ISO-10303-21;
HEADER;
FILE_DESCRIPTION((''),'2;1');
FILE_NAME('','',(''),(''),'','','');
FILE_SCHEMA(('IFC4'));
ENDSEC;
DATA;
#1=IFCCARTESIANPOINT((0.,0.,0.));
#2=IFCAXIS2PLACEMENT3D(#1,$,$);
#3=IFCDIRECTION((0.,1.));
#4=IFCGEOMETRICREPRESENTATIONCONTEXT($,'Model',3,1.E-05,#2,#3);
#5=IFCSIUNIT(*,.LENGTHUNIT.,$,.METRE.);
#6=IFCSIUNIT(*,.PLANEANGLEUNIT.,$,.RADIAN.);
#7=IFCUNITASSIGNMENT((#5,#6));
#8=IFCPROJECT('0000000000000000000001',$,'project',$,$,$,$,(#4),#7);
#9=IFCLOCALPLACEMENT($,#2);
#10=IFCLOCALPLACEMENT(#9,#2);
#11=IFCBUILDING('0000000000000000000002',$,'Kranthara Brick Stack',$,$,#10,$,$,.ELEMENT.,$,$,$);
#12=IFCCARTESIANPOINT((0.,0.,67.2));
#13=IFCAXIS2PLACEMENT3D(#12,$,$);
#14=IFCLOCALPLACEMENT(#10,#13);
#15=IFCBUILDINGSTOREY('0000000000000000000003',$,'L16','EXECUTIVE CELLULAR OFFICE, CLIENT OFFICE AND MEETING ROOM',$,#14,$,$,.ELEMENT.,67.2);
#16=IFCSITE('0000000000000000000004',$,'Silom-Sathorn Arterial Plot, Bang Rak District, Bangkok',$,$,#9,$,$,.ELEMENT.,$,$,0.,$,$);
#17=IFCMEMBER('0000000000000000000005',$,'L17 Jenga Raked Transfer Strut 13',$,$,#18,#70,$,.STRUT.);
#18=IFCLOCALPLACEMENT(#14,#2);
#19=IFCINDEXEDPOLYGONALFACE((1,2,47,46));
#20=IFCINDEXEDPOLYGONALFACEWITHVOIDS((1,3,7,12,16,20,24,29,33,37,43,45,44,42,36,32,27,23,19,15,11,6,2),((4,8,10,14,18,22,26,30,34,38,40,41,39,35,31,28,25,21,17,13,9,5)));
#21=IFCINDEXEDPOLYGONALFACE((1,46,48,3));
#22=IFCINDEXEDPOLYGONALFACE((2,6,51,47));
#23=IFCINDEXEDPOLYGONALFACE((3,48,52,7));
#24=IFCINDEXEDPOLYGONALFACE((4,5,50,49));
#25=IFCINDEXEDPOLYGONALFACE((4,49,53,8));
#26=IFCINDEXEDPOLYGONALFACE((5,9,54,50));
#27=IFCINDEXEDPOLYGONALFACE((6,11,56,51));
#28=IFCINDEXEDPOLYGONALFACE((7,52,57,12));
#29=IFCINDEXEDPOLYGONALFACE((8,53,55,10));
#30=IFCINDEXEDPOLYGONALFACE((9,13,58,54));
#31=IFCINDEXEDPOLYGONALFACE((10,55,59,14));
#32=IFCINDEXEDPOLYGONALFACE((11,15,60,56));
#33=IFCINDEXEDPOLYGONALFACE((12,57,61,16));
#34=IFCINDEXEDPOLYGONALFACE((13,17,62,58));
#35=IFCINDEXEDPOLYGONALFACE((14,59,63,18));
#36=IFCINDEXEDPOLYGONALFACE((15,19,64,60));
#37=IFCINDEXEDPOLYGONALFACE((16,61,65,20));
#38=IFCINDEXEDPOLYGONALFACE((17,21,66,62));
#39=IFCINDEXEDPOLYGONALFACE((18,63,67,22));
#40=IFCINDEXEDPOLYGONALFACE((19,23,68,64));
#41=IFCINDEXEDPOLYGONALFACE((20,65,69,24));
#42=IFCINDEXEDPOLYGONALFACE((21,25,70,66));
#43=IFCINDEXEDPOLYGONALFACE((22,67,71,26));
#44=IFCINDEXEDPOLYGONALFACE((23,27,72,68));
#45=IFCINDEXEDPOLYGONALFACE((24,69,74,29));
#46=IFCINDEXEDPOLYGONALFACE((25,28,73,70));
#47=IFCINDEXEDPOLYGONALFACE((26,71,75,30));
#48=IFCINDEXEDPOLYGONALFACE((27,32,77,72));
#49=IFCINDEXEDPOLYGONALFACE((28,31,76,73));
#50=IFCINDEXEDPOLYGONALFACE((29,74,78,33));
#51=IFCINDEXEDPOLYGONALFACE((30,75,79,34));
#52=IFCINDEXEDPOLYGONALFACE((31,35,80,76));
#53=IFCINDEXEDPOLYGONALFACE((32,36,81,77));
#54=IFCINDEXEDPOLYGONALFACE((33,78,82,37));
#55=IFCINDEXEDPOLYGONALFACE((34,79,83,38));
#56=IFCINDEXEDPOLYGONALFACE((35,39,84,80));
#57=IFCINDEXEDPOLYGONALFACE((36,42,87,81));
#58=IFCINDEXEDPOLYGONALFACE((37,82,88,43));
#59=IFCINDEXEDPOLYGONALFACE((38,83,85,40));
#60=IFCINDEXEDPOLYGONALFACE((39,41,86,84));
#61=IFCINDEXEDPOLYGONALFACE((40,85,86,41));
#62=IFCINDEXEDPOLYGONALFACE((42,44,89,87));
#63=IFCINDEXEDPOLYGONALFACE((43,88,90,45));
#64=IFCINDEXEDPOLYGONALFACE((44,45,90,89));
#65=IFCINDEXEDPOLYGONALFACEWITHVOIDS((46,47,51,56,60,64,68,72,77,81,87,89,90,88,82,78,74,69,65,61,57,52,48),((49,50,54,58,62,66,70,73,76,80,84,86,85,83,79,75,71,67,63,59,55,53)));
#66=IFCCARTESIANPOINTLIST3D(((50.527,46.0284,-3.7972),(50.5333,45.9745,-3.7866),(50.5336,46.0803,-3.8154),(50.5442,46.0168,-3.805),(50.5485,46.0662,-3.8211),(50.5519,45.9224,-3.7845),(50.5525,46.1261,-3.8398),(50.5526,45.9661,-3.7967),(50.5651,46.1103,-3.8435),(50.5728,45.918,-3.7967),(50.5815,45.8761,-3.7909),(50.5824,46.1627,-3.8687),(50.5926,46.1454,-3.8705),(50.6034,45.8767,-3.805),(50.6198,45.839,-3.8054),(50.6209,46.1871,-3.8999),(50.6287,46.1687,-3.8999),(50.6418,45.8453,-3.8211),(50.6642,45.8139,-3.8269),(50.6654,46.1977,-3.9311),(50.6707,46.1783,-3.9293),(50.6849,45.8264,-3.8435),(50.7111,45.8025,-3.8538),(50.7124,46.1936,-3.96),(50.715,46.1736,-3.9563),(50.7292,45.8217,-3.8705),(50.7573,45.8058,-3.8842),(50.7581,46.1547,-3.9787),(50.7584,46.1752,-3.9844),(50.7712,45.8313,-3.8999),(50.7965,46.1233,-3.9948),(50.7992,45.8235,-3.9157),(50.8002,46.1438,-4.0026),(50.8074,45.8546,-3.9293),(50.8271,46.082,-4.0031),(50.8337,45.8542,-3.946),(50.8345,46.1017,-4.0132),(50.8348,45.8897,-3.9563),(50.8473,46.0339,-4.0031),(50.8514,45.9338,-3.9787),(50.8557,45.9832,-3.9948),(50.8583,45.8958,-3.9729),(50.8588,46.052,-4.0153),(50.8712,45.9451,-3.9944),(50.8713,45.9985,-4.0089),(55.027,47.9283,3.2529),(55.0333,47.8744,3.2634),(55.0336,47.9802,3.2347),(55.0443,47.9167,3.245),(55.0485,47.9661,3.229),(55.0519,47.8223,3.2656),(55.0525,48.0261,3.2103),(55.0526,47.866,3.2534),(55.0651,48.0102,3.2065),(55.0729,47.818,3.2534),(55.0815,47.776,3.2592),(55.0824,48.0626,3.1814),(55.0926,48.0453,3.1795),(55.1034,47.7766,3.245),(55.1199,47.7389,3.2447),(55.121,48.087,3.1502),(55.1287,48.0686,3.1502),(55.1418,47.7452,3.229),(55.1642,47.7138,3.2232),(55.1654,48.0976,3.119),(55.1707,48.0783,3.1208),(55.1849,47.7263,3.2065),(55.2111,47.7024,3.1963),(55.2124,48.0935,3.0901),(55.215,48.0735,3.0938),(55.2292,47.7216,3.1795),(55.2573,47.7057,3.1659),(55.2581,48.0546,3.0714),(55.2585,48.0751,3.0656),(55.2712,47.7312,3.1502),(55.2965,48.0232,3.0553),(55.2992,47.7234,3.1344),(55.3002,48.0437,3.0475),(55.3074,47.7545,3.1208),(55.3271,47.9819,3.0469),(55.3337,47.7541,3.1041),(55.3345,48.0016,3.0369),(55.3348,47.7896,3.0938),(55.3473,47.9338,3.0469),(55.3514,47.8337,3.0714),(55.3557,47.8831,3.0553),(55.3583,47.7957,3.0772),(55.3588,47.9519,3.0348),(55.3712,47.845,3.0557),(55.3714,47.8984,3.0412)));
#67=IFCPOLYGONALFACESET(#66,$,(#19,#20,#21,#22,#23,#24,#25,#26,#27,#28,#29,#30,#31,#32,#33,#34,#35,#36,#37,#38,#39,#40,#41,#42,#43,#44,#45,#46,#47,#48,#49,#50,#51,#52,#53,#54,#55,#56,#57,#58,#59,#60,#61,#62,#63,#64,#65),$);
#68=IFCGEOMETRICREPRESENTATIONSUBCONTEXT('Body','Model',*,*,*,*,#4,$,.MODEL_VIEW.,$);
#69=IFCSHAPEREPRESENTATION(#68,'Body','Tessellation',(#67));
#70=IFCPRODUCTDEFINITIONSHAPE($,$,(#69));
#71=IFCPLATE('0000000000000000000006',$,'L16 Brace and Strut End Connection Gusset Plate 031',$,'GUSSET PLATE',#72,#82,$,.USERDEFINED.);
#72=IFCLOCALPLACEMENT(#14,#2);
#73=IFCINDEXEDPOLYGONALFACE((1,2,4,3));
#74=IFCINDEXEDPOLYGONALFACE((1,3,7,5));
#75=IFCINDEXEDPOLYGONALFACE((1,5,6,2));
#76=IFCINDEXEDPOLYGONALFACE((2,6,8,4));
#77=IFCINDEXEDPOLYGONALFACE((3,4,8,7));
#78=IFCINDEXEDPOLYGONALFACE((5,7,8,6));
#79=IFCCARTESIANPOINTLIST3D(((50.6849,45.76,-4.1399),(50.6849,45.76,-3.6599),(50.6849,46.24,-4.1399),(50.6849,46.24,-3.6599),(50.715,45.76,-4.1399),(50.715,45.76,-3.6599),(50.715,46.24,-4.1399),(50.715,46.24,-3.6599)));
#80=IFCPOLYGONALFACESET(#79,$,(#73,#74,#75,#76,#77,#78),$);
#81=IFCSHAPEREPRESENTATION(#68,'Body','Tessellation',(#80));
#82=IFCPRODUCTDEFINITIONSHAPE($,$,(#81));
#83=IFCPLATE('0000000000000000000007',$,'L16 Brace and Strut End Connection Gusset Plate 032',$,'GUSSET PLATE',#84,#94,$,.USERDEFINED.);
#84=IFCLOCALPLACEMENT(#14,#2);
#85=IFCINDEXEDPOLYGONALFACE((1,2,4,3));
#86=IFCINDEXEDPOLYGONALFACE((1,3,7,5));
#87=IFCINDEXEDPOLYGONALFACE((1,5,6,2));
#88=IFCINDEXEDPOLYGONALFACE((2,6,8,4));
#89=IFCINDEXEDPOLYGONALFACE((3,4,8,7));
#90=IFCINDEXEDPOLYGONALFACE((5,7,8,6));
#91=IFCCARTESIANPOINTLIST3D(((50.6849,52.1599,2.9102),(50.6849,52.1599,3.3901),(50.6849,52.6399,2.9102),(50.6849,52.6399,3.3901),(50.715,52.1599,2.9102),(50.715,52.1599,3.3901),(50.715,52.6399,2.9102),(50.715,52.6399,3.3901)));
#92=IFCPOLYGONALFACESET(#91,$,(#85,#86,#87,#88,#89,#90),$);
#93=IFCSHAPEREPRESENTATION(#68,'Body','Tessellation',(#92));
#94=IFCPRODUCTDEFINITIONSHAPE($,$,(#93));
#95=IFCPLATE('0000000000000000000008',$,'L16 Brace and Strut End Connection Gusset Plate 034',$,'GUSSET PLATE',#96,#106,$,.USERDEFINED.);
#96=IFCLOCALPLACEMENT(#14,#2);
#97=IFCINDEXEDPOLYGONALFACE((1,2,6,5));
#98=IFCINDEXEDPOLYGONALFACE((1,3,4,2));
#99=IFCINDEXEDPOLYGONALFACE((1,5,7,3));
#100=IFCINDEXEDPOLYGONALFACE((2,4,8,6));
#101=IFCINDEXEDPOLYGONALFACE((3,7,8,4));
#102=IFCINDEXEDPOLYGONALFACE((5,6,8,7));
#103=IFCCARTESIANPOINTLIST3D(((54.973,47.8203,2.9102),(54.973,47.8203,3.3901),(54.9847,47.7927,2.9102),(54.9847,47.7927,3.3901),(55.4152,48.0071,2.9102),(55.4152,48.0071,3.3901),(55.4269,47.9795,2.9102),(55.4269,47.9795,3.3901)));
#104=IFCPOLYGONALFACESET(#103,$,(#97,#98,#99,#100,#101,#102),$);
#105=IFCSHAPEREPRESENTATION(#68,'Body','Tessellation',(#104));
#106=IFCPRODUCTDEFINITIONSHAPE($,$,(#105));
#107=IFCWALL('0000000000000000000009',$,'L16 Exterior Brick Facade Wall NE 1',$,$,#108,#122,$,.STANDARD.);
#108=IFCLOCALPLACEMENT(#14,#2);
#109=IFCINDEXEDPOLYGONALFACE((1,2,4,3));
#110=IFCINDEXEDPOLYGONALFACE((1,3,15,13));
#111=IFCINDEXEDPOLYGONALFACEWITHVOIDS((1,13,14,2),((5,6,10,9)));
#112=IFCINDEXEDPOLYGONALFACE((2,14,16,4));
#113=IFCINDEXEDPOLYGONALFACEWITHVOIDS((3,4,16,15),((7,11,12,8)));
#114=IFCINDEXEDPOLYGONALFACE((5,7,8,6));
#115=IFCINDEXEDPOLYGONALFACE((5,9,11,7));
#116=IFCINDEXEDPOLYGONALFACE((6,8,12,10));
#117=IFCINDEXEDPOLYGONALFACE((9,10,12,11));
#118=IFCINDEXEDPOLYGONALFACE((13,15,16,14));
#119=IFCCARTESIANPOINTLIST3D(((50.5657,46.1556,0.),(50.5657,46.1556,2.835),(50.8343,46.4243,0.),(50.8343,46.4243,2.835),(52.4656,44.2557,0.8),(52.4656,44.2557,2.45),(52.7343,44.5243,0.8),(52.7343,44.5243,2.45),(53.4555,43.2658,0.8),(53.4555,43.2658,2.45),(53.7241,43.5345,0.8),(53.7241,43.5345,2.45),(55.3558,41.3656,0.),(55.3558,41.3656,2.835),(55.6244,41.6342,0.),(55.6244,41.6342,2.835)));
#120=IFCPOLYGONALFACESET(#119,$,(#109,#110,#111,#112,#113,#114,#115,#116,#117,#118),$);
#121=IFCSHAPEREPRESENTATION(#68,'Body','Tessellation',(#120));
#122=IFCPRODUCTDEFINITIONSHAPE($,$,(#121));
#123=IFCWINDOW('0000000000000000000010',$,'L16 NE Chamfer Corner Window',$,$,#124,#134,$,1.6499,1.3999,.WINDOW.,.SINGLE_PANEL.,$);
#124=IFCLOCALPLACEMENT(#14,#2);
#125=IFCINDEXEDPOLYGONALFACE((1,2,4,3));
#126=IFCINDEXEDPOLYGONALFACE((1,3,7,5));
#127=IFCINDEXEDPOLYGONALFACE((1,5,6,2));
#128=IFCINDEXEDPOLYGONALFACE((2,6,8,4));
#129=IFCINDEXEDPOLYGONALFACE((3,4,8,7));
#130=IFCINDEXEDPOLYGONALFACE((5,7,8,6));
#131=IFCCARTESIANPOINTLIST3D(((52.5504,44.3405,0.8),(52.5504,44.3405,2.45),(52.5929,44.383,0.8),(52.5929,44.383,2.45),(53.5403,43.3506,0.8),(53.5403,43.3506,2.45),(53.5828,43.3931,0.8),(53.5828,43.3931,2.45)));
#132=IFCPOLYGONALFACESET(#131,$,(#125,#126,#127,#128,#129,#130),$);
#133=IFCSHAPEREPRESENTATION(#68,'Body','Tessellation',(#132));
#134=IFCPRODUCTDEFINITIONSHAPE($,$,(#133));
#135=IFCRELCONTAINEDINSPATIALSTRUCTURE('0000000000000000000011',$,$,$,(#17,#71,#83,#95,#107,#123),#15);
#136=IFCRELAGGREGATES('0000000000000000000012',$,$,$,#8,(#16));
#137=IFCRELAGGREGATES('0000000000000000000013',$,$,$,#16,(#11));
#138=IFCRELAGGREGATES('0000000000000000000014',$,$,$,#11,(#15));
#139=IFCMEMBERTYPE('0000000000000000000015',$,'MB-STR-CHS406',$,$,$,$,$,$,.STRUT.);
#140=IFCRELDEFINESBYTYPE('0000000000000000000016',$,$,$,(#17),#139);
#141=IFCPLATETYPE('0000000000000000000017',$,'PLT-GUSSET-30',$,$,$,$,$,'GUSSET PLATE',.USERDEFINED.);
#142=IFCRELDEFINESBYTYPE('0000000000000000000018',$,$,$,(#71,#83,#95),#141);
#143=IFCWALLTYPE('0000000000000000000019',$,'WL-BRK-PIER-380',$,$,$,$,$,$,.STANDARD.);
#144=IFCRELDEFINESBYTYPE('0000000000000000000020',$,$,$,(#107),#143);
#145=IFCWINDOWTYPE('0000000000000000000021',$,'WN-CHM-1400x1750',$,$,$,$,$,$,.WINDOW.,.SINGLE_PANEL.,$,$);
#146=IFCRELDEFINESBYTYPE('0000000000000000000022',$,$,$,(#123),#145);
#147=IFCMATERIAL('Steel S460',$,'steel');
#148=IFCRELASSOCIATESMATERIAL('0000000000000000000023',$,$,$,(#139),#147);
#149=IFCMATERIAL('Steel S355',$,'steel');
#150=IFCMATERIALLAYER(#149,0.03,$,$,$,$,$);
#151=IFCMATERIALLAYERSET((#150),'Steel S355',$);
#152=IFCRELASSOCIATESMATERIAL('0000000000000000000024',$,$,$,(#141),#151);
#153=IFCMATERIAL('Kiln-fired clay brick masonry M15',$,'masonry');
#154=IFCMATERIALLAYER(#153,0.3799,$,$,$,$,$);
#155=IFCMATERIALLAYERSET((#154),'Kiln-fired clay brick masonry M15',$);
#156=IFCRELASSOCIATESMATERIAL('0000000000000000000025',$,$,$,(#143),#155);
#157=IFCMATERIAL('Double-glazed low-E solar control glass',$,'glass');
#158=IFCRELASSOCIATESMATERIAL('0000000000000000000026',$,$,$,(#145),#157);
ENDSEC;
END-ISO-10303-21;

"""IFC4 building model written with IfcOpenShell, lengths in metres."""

from ifc_helpers import new_model, si_unit, direction, frame, frame_2d, origin, origin_2d, place, context, subcontext, project, spatial, rectangle, hollow_circle, extrude, material, layer, layer_set, material_profile, profile_set, type_object, element, fill, save


model = new_model("IFC4")

# Units and contexts
model_context = context("Model", 3, precision=1e-05, world=origin(), true_north=direction((0.0, 1.0)))
body_context = subcontext(model_context, "Body", "Model", "MODEL_VIEW")
ifc_project = project(units=[si_unit("LENGTHUNIT", "METRE"), si_unit("PLANEANGLEUNIT", "RADIAN")], contexts=[model_context])

# Site, building, storey
site_placement = place(None, origin())
site = spatial("IfcSite", under=ifc_project, at=site_placement, Name="Silom-Sathorn Arterial Plot, Bang Rak District, Bangkok", CompositionType="ELEMENT", RefElevation=0.0)
building_placement = place(site_placement, origin())
building = spatial("IfcBuilding", under=site, at=building_placement, Name="Kranthara Brick Stack", CompositionType="ELEMENT")
storey_placement = place(building_placement, frame((0.0, 0.0, 67.2)))
storey = spatial("IfcBuildingStorey", under=building, at=storey_placement, Name="L16", Description="EXECUTIVE CELLULAR OFFICE, CLIENT OFFICE AND MEETING ROOM", CompositionType="ELEMENT", Elevation=67.2)

# Member
ifc_material_1 = material(Name="Steel S460", Category="steel")
ifc_material_profile_1 = material_profile(ifc_material_1, hollow_circle(Radius=0.2031, WallThickness=0.02, at=origin_2d()), Name="CHS 406.4x20")
ifc_profile_set_1 = profile_set([ifc_material_profile_1], Name="Steel S460")
member_type = type_object("IfcMemberType", Name="MB-STR-CHS406", PredefinedType="STRUT", material=ifc_profile_set_1)
member_1_placement = place(storey_placement, frame((50.7, 46.0, -3.8999), z_axis=(0.524667, 0.221514, 0.821983), x_axis=(-0.388955, 0.921257, 0.0)))
element("IfcMember", 1, at=member_1_placement, inside=storey, type_object=member_type, Name="L17 Jenga Raked Transfer Strut 13", PredefinedType="STRUT", context=body_context, shape_type="SweptSolid", body=[
    extrude(hollow_circle(Radius=0.2031, WallThickness=0.02, at=origin_2d()), origin(), (0.0, 0.0, 1.0), 8.5769),
])

# Plates
ifc_material_2 = material(Name="Steel S355", Category="steel")
ifc_layer_1 = layer(ifc_material_2, 0.03)
ifc_layer_set_1 = layer_set([ifc_layer_1], Name="Steel S355")
plate_type = type_object("IfcPlateType", Name="PLT-GUSSET-30", ElementType="GUSSET PLATE", PredefinedType="USERDEFINED", material=ifc_layer_set_1)
for number, where, z_axis, x_axis, name in (
    (2, (50.7, 46.0, -4.1399), (0.0, 0.0, 1.0), (0.0, 1.0, 0.0), "L16 Brace and Strut End Connection Gusset Plate 031"),
    (3, (50.7, 52.3999, 2.9102), (0.0, 0.0, 1.0), (0.0, 1.0, 0.0), "L16 Brace and Strut End Connection Gusset Plate 032"),
    (4, (55.2, 47.8999, 2.9102), (0.0, 0.0, 1.0), (0.921185, 0.389124, 0.0), "L16 Brace and Strut End Connection Gusset Plate 034"),
):
    element("IfcPlate", number, at=place(storey_placement, frame(where, z_axis=z_axis, x_axis=x_axis)), inside=storey, type_object=plate_type, Name=name, ObjectType="GUSSET PLATE", PredefinedType="USERDEFINED", context=body_context, shape_type="SweptSolid", body=[
        extrude(rectangle(XDim=0.48, YDim=0.03, at=origin_2d()), origin(), (0.0, 0.0, 1.0), 0.48),
    ])

# Wall, opening, window
ifc_material_3 = material(Name="Kiln-fired clay brick masonry M15", Category="masonry")
ifc_layer_2 = layer(ifc_material_3, 0.3799)
ifc_layer_set_2 = layer_set([ifc_layer_2], Name="Kiln-fired clay brick masonry M15")
wall_type_1 = type_object("IfcWallType", Name="WL-BRK-PIER-380", PredefinedType="STANDARD", material=ifc_layer_set_2)
wall_1_placement = place(storey_placement, frame((50.7, 46.29, 0.0), z_axis=(0.0, 0.0, 1.0), x_axis=(0.707107, -0.707107, 0.0)))
wall_1 = element("IfcWall", 5, at=wall_1_placement, inside=storey, type_object=wall_type_1, Name="L16 Exterior Brick Facade Wall NE 1", PredefinedType="STANDARD", context=body_context, shape_type="SweptSolid", body=[
    extrude(rectangle(XDim=6.7742, YDim=0.3799, at=frame_2d((3.3872, 0.0))), origin(), (0.0, 0.0, 1.0), 2.835),
])
opening_1_placement = place(wall_1_placement, frame((2.687, 0.0, 0.8)))
opening_1 = element("IfcOpeningElement", 6, at=opening_1_placement, cuts=wall_1, PredefinedType="OPENING", context=body_context, shape_type="SweptSolid", body=[
    extrude(rectangle(XDim=1.3999, YDim=1.6499, at=frame_2d((0.7, 0.825))), frame((0.0, 0.2, 0.0), z_axis=(0.0, -1.0, 0.0), x_axis=(1.0, 0.0, 0.0)), (0.0, 0.0, 1.0), 0.3999),
])
ifc_material_4 = material(Name="Double-glazed low-E solar control glass", Category="glass")
window_type_1 = type_object("IfcWindowType", Name="WN-CHM-1400x1750", PartitioningType="SINGLE_PANEL", PredefinedType="WINDOW", material=ifc_material_4)
window_1_placement = place(opening_1_placement, origin())
window_1 = element("IfcWindow", 7, at=window_1_placement, inside=storey, type_object=window_type_1, Name="L16 NE Chamfer Corner Window", OverallHeight=1.6499, OverallWidth=1.3999, PartitioningType="SINGLE_PANEL", PredefinedType="WINDOW", context=body_context, shape_type="SweptSolid", body=[
    extrude(rectangle(XDim=1.3999, YDim=1.6499, at=frame_2d((0.7, 0.825))), frame((0.0, -0.01, 0.0), z_axis=(0.0, -1.0, 0.0), x_axis=(1.0, 0.0, 0.0)), (0.0, 0.0, 1.0), 0.0601),
])
fill(opening_1, window_1)

save(model, "model.ifc")
